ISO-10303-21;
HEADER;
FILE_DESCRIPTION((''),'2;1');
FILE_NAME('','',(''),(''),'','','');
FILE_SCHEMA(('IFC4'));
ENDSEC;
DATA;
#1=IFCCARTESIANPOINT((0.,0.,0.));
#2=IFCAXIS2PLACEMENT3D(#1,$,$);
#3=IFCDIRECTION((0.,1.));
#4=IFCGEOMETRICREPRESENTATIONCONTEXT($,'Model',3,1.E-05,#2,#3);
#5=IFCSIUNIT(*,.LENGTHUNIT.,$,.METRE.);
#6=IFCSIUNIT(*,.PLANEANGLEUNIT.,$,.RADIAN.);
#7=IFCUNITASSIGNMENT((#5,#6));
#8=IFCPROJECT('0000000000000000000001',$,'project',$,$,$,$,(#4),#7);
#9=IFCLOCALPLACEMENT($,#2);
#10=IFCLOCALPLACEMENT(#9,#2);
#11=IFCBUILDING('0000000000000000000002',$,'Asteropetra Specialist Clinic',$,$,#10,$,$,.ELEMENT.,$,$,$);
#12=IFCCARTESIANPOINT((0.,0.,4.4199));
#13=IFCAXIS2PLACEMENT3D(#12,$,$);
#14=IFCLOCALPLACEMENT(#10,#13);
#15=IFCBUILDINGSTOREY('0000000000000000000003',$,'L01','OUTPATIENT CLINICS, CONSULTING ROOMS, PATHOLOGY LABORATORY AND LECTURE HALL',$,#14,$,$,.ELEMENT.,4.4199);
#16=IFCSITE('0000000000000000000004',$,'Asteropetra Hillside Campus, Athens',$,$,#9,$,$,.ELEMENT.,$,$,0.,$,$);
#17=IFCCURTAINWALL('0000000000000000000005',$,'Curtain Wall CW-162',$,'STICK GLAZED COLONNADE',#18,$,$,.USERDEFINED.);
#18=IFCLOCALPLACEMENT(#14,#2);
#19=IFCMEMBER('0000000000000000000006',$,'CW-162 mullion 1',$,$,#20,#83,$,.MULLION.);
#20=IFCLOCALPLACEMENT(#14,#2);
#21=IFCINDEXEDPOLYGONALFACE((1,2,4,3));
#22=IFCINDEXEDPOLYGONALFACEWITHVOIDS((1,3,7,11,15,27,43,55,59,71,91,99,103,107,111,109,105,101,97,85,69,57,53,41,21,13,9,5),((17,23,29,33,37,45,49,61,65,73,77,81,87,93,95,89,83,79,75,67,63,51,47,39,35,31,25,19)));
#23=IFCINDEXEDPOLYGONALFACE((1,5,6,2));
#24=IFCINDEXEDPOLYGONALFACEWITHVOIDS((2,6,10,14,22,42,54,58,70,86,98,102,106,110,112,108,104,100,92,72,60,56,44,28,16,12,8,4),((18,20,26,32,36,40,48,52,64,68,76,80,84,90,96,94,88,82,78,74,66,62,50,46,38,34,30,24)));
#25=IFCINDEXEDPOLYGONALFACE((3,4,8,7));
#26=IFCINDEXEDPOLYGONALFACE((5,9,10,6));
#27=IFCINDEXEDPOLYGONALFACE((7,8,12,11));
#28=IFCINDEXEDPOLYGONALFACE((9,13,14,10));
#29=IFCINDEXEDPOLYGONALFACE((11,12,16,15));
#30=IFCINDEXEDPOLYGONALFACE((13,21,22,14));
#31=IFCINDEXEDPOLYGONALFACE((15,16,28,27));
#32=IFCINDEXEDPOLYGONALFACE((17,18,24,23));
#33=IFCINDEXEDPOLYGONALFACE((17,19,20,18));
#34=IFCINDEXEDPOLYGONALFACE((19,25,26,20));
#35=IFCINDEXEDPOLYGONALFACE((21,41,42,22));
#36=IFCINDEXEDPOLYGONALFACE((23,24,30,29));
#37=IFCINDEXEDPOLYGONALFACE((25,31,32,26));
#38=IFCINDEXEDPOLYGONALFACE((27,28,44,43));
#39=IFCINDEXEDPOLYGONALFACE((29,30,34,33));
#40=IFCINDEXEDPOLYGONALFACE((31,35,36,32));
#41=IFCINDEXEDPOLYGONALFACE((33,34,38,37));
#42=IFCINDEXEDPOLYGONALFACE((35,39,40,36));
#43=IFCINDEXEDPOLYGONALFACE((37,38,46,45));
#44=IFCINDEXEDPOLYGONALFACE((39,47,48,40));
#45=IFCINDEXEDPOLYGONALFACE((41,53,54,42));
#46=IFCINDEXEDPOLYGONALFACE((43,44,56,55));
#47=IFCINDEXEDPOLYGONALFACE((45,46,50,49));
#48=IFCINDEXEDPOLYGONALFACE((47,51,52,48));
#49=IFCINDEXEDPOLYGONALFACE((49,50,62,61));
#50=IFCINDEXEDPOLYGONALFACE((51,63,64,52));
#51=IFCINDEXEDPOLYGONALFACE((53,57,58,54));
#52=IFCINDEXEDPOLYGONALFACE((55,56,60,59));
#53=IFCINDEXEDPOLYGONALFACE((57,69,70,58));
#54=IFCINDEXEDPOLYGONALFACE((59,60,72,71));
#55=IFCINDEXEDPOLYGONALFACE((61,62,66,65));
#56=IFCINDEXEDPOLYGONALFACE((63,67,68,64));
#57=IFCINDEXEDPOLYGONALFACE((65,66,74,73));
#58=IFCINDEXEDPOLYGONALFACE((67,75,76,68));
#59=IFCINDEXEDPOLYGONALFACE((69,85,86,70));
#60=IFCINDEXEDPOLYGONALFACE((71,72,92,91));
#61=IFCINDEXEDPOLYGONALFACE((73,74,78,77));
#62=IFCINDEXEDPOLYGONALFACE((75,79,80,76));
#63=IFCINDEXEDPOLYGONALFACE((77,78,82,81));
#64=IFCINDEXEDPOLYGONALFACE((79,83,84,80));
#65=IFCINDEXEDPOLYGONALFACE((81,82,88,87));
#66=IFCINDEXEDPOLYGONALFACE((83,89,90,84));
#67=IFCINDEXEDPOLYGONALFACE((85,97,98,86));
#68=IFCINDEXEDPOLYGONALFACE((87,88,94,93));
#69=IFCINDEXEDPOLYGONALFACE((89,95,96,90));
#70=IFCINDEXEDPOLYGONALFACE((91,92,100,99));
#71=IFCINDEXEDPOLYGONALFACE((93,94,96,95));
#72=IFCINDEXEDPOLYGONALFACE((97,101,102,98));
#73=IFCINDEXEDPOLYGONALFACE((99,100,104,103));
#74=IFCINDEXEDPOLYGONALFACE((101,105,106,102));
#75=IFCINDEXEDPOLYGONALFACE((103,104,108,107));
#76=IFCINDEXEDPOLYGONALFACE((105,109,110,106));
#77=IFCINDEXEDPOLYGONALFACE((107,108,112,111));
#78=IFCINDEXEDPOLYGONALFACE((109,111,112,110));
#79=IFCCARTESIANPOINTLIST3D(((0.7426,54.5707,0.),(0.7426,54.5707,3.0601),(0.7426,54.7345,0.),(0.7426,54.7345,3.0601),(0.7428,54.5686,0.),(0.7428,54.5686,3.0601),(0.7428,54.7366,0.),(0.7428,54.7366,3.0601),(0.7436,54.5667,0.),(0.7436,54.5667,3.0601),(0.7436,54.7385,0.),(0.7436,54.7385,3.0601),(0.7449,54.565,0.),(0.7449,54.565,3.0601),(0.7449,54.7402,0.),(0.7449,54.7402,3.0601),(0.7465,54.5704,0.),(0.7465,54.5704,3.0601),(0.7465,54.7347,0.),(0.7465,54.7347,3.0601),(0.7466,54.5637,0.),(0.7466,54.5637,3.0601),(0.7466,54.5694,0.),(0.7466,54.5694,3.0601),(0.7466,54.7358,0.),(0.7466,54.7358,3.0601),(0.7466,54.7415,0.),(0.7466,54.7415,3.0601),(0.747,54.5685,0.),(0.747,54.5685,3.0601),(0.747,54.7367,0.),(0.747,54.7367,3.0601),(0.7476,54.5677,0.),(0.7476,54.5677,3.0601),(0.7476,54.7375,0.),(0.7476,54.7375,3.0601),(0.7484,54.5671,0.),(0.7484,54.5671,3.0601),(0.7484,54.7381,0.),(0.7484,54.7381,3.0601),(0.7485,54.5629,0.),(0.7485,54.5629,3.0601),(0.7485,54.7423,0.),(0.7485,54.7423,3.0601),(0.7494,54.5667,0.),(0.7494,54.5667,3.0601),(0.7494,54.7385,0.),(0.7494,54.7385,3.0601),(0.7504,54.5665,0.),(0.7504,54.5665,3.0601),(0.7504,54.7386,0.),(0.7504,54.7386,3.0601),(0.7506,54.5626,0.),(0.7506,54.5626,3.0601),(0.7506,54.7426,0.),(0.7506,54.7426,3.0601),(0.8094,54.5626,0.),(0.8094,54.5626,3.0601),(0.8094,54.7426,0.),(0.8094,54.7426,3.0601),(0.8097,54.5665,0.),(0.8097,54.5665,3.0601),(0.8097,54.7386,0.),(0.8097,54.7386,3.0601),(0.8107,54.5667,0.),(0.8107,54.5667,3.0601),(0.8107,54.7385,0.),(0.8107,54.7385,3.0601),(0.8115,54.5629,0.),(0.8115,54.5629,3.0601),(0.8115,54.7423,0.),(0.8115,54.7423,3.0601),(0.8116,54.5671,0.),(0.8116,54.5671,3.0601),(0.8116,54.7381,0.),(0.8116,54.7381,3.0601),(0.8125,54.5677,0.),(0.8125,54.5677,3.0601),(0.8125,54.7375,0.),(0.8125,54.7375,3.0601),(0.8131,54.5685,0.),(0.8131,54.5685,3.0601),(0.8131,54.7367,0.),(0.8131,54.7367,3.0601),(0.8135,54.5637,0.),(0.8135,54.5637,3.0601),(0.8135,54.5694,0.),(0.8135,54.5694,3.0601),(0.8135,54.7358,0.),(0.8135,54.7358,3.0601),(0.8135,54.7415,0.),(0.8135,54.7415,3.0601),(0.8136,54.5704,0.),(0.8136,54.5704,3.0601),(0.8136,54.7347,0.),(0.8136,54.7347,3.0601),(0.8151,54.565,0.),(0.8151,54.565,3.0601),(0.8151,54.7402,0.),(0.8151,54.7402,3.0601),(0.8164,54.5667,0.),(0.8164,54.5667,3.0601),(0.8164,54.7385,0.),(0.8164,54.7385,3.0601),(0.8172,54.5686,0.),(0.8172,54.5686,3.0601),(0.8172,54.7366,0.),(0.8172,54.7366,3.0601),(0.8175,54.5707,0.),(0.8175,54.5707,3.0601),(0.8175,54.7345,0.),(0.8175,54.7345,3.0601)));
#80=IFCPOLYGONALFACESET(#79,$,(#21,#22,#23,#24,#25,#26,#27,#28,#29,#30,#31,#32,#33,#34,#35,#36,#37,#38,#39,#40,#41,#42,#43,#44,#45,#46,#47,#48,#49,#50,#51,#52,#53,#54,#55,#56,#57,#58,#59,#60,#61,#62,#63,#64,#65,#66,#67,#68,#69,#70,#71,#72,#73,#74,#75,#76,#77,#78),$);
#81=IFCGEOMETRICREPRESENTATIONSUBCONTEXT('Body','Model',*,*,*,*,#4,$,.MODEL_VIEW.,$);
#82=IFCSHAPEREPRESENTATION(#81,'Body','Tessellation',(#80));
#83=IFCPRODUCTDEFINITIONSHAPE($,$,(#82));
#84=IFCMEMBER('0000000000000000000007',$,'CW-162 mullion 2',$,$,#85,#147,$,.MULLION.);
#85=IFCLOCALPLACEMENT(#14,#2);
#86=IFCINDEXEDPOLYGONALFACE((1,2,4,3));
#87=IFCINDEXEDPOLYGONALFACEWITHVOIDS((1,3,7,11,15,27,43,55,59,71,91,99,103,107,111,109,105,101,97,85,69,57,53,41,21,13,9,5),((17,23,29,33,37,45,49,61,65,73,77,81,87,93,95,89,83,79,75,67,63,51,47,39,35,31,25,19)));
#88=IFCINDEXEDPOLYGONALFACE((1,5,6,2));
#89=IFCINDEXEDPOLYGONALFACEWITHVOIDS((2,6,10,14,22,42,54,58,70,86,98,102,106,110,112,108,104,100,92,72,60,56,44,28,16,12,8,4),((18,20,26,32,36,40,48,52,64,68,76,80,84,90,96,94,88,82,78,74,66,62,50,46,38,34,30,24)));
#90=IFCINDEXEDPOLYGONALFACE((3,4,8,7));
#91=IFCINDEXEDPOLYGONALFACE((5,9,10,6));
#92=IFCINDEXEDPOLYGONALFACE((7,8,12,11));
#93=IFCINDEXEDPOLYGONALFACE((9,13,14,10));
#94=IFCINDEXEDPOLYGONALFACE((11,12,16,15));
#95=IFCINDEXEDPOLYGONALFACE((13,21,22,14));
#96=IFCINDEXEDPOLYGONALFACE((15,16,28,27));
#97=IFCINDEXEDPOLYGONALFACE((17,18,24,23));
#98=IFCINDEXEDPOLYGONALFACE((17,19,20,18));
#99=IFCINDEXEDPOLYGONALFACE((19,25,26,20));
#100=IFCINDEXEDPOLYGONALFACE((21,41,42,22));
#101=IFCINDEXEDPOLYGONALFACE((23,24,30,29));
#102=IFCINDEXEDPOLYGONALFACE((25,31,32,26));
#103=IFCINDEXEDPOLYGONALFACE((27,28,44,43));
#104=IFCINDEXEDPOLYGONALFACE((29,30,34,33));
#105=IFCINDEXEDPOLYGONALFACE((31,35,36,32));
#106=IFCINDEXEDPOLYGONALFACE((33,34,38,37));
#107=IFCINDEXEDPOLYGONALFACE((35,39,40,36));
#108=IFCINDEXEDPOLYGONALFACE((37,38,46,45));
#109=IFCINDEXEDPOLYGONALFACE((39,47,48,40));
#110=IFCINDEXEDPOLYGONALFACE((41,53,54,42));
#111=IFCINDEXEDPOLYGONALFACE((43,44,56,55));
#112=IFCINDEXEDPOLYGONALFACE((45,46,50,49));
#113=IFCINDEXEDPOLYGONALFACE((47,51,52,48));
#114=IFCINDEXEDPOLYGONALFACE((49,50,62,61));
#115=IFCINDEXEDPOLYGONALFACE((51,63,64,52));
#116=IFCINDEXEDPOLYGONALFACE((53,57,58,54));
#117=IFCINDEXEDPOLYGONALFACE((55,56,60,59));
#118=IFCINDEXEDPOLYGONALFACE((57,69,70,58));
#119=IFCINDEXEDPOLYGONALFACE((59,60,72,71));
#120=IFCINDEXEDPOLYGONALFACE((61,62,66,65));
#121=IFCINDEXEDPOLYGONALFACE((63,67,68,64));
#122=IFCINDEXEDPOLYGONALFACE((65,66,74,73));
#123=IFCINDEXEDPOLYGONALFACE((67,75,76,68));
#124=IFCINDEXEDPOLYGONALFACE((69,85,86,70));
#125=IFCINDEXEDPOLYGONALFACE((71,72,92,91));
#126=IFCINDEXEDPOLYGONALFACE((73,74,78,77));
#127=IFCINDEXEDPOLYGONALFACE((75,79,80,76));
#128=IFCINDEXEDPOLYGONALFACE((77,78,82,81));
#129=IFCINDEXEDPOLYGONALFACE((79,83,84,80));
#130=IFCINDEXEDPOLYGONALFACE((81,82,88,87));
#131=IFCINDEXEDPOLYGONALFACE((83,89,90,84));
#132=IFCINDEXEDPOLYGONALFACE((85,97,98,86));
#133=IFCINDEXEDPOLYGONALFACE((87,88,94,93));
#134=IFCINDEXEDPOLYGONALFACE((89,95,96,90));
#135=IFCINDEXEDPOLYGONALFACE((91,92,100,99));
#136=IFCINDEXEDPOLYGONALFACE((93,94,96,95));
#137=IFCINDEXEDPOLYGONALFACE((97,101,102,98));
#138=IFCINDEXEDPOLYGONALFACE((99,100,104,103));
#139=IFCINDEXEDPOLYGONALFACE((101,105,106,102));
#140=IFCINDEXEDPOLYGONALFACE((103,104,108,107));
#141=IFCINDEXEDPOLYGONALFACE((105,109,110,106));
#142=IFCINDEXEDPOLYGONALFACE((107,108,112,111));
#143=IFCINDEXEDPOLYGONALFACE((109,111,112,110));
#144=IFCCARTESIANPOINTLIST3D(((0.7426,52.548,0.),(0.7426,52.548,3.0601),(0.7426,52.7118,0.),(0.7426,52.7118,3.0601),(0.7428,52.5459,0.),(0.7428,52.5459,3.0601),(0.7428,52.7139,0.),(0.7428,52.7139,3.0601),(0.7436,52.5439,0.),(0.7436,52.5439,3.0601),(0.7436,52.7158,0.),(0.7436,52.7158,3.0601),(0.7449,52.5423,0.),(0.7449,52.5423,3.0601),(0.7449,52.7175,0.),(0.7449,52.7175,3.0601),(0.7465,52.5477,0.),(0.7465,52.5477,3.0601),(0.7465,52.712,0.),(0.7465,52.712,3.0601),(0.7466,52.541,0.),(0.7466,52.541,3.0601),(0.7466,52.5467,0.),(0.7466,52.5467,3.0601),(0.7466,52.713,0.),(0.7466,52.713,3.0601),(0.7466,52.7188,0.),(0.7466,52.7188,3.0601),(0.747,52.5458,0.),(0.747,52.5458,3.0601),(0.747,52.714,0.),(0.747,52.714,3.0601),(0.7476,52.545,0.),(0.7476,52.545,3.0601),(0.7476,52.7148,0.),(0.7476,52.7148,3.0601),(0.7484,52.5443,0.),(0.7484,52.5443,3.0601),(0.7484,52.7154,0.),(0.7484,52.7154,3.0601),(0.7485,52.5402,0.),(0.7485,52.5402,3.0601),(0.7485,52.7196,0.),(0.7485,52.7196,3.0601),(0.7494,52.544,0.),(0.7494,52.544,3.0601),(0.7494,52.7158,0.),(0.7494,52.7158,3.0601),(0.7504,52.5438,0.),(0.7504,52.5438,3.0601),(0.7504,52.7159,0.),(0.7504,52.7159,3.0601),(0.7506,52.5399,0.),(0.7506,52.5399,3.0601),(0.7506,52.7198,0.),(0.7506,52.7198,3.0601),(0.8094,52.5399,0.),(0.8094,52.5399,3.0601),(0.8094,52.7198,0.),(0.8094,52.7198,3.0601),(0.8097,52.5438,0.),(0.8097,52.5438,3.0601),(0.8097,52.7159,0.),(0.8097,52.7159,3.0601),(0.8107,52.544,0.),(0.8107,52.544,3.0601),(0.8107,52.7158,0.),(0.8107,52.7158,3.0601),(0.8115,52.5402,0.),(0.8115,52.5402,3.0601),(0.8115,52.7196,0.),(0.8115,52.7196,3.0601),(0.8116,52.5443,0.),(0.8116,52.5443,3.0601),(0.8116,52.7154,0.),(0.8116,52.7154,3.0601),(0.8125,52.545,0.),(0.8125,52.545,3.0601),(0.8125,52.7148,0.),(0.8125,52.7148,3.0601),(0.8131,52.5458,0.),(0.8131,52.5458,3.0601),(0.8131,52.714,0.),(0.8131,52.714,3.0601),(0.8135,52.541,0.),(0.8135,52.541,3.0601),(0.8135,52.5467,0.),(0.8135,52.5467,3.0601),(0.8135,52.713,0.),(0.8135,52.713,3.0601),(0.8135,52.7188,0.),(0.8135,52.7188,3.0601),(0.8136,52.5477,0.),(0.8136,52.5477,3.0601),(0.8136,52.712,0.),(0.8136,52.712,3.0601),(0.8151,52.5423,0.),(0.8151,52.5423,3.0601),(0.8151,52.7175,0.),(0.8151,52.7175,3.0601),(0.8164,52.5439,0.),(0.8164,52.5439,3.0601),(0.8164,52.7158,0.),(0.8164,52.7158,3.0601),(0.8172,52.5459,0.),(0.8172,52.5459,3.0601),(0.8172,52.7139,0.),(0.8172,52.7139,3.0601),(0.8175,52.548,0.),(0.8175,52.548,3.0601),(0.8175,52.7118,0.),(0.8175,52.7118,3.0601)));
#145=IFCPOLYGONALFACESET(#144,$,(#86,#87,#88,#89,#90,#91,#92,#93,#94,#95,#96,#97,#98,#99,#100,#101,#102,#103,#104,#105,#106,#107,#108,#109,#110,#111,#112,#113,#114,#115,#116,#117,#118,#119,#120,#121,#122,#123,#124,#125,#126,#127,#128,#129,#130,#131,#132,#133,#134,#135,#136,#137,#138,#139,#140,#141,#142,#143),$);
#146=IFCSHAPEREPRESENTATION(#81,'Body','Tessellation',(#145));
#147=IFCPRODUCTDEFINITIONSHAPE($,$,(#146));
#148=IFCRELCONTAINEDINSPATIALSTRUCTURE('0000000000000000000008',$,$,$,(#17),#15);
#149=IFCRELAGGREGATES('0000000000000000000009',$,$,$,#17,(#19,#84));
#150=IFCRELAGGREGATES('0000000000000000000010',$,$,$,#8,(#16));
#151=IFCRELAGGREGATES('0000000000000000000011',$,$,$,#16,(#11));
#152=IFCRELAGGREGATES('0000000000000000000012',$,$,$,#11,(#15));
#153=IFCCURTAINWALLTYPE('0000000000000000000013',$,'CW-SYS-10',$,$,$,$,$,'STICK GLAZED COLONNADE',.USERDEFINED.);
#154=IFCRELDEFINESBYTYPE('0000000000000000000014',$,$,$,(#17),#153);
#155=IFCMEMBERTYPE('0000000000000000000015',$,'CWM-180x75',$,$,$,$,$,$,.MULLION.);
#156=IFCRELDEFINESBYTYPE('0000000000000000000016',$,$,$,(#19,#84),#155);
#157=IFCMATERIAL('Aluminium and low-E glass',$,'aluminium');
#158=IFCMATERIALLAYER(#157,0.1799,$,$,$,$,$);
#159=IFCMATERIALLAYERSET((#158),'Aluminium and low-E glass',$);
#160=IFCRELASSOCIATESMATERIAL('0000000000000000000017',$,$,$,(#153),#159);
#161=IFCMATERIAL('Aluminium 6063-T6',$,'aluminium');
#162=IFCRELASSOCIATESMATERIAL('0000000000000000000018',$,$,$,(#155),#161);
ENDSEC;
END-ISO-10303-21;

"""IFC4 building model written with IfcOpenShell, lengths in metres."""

from ifc_helpers import new_model, si_unit, direction, frame, origin, origin_2d, place, context, subcontext, project, spatial, hollow_rectangle, extrude, material, layer, layer_set, material_profile, profile_set, type_object, element, aggregate, save


model = new_model("IFC4")

# Units and contexts
model_context = context("Model", 3, precision=1e-05, world=origin(), true_north=direction((0.0, 1.0)))
body_context = subcontext(model_context, "Body", "Model", "MODEL_VIEW")
ifc_project = project(units=[si_unit("LENGTHUNIT", "METRE"), si_unit("PLANEANGLEUNIT", "RADIAN")], contexts=[model_context])

# Site, building, storey
site_placement = place(None, origin())
site = spatial("IfcSite", under=ifc_project, at=site_placement, Name="Asteropetra Hillside Campus, Athens", CompositionType="ELEMENT", RefElevation=0.0)
building_placement = place(site_placement, origin())
building = spatial("IfcBuilding", under=site, at=building_placement, Name="Asteropetra Specialist Clinic", CompositionType="ELEMENT")
storey_placement = place(building_placement, frame((0.0, 0.0, 4.4199)))
storey = spatial("IfcBuildingStorey", under=building, at=storey_placement, Name="L01", Description="OUTPATIENT CLINICS, CONSULTING ROOMS, PATHOLOGY LABORATORY AND LECTURE HALL", CompositionType="ELEMENT", Elevation=4.4199)

# Curtain wall, members
ifc_material_1 = material(Name="Aluminium and low-E glass", Category="aluminium")
ifc_layer_1 = layer(ifc_material_1, 0.1799)
ifc_layer_set_1 = layer_set([ifc_layer_1], Name="Aluminium and low-E glass")
curtain_wall_type_1 = type_object("IfcCurtainWallType", Name="CW-SYS-10", ElementType="STICK GLAZED COLONNADE", PredefinedType="USERDEFINED", material=ifc_layer_set_1)
curtain_wall_1_placement = place(storey_placement, origin())
curtain_wall_1 = element("IfcCurtainWall", 1, at=curtain_wall_1_placement, inside=storey, type_object=curtain_wall_type_1, Name="Curtain Wall CW-162", ObjectType="STICK GLAZED COLONNADE", PredefinedType="USERDEFINED")
ifc_material_2 = material(Name="Aluminium 6063-T6", Category="aluminium")
ifc_material_profile_1 = material_profile(ifc_material_2, hollow_rectangle(XDim=0.075, YDim=0.1799, WallThickness=0.0039, InnerFilletRadius=0.0039, OuterFilletRadius=0.0081, at=origin_2d()), Name="MUL 180x75x4.0")
ifc_profile_set_1 = profile_set([ifc_material_profile_1], Name="Aluminium 6063-T6")
member_type_1 = type_object("IfcMemberType", Name="CWM-180x75", PredefinedType="MULLION", material=ifc_profile_set_1)
member_1_placement = place(storey_placement, frame((0.78, 54.6526, 0.0), z_axis=(0.0, 0.0, 1.0), x_axis=(1.0, 0.0, 0.0)))
member_1 = element("IfcMember", 2, at=member_1_placement, type_object=member_type_1, Name="CW-162 mullion 1", PredefinedType="MULLION", context=body_context, shape_type="SweptSolid", body=[
    extrude(hollow_rectangle(XDim=0.075, YDim=0.1799, WallThickness=0.0039, InnerFilletRadius=0.0039, OuterFilletRadius=0.0081, at=origin_2d()), origin(), (0.0, 0.0, 1.0), 3.0601),
])
member_2_placement = place(storey_placement, frame((0.78, 52.6299, 0.0), z_axis=(0.0, 0.0, 1.0), x_axis=(1.0, 0.0, 0.0)))
member_2 = element("IfcMember", 3, at=member_2_placement, type_object=member_type_1, Name="CW-162 mullion 2", PredefinedType="MULLION", context=body_context, shape_type="SweptSolid", body=[
    extrude(hollow_rectangle(XDim=0.075, YDim=0.1799, WallThickness=0.0039, InnerFilletRadius=0.0039, OuterFilletRadius=0.0081, at=origin_2d()), origin(), (0.0, 0.0, 1.0), 3.0601),
])

aggregate(curtain_wall_1, [member_1, member_2])

save(model, "model.ifc")
